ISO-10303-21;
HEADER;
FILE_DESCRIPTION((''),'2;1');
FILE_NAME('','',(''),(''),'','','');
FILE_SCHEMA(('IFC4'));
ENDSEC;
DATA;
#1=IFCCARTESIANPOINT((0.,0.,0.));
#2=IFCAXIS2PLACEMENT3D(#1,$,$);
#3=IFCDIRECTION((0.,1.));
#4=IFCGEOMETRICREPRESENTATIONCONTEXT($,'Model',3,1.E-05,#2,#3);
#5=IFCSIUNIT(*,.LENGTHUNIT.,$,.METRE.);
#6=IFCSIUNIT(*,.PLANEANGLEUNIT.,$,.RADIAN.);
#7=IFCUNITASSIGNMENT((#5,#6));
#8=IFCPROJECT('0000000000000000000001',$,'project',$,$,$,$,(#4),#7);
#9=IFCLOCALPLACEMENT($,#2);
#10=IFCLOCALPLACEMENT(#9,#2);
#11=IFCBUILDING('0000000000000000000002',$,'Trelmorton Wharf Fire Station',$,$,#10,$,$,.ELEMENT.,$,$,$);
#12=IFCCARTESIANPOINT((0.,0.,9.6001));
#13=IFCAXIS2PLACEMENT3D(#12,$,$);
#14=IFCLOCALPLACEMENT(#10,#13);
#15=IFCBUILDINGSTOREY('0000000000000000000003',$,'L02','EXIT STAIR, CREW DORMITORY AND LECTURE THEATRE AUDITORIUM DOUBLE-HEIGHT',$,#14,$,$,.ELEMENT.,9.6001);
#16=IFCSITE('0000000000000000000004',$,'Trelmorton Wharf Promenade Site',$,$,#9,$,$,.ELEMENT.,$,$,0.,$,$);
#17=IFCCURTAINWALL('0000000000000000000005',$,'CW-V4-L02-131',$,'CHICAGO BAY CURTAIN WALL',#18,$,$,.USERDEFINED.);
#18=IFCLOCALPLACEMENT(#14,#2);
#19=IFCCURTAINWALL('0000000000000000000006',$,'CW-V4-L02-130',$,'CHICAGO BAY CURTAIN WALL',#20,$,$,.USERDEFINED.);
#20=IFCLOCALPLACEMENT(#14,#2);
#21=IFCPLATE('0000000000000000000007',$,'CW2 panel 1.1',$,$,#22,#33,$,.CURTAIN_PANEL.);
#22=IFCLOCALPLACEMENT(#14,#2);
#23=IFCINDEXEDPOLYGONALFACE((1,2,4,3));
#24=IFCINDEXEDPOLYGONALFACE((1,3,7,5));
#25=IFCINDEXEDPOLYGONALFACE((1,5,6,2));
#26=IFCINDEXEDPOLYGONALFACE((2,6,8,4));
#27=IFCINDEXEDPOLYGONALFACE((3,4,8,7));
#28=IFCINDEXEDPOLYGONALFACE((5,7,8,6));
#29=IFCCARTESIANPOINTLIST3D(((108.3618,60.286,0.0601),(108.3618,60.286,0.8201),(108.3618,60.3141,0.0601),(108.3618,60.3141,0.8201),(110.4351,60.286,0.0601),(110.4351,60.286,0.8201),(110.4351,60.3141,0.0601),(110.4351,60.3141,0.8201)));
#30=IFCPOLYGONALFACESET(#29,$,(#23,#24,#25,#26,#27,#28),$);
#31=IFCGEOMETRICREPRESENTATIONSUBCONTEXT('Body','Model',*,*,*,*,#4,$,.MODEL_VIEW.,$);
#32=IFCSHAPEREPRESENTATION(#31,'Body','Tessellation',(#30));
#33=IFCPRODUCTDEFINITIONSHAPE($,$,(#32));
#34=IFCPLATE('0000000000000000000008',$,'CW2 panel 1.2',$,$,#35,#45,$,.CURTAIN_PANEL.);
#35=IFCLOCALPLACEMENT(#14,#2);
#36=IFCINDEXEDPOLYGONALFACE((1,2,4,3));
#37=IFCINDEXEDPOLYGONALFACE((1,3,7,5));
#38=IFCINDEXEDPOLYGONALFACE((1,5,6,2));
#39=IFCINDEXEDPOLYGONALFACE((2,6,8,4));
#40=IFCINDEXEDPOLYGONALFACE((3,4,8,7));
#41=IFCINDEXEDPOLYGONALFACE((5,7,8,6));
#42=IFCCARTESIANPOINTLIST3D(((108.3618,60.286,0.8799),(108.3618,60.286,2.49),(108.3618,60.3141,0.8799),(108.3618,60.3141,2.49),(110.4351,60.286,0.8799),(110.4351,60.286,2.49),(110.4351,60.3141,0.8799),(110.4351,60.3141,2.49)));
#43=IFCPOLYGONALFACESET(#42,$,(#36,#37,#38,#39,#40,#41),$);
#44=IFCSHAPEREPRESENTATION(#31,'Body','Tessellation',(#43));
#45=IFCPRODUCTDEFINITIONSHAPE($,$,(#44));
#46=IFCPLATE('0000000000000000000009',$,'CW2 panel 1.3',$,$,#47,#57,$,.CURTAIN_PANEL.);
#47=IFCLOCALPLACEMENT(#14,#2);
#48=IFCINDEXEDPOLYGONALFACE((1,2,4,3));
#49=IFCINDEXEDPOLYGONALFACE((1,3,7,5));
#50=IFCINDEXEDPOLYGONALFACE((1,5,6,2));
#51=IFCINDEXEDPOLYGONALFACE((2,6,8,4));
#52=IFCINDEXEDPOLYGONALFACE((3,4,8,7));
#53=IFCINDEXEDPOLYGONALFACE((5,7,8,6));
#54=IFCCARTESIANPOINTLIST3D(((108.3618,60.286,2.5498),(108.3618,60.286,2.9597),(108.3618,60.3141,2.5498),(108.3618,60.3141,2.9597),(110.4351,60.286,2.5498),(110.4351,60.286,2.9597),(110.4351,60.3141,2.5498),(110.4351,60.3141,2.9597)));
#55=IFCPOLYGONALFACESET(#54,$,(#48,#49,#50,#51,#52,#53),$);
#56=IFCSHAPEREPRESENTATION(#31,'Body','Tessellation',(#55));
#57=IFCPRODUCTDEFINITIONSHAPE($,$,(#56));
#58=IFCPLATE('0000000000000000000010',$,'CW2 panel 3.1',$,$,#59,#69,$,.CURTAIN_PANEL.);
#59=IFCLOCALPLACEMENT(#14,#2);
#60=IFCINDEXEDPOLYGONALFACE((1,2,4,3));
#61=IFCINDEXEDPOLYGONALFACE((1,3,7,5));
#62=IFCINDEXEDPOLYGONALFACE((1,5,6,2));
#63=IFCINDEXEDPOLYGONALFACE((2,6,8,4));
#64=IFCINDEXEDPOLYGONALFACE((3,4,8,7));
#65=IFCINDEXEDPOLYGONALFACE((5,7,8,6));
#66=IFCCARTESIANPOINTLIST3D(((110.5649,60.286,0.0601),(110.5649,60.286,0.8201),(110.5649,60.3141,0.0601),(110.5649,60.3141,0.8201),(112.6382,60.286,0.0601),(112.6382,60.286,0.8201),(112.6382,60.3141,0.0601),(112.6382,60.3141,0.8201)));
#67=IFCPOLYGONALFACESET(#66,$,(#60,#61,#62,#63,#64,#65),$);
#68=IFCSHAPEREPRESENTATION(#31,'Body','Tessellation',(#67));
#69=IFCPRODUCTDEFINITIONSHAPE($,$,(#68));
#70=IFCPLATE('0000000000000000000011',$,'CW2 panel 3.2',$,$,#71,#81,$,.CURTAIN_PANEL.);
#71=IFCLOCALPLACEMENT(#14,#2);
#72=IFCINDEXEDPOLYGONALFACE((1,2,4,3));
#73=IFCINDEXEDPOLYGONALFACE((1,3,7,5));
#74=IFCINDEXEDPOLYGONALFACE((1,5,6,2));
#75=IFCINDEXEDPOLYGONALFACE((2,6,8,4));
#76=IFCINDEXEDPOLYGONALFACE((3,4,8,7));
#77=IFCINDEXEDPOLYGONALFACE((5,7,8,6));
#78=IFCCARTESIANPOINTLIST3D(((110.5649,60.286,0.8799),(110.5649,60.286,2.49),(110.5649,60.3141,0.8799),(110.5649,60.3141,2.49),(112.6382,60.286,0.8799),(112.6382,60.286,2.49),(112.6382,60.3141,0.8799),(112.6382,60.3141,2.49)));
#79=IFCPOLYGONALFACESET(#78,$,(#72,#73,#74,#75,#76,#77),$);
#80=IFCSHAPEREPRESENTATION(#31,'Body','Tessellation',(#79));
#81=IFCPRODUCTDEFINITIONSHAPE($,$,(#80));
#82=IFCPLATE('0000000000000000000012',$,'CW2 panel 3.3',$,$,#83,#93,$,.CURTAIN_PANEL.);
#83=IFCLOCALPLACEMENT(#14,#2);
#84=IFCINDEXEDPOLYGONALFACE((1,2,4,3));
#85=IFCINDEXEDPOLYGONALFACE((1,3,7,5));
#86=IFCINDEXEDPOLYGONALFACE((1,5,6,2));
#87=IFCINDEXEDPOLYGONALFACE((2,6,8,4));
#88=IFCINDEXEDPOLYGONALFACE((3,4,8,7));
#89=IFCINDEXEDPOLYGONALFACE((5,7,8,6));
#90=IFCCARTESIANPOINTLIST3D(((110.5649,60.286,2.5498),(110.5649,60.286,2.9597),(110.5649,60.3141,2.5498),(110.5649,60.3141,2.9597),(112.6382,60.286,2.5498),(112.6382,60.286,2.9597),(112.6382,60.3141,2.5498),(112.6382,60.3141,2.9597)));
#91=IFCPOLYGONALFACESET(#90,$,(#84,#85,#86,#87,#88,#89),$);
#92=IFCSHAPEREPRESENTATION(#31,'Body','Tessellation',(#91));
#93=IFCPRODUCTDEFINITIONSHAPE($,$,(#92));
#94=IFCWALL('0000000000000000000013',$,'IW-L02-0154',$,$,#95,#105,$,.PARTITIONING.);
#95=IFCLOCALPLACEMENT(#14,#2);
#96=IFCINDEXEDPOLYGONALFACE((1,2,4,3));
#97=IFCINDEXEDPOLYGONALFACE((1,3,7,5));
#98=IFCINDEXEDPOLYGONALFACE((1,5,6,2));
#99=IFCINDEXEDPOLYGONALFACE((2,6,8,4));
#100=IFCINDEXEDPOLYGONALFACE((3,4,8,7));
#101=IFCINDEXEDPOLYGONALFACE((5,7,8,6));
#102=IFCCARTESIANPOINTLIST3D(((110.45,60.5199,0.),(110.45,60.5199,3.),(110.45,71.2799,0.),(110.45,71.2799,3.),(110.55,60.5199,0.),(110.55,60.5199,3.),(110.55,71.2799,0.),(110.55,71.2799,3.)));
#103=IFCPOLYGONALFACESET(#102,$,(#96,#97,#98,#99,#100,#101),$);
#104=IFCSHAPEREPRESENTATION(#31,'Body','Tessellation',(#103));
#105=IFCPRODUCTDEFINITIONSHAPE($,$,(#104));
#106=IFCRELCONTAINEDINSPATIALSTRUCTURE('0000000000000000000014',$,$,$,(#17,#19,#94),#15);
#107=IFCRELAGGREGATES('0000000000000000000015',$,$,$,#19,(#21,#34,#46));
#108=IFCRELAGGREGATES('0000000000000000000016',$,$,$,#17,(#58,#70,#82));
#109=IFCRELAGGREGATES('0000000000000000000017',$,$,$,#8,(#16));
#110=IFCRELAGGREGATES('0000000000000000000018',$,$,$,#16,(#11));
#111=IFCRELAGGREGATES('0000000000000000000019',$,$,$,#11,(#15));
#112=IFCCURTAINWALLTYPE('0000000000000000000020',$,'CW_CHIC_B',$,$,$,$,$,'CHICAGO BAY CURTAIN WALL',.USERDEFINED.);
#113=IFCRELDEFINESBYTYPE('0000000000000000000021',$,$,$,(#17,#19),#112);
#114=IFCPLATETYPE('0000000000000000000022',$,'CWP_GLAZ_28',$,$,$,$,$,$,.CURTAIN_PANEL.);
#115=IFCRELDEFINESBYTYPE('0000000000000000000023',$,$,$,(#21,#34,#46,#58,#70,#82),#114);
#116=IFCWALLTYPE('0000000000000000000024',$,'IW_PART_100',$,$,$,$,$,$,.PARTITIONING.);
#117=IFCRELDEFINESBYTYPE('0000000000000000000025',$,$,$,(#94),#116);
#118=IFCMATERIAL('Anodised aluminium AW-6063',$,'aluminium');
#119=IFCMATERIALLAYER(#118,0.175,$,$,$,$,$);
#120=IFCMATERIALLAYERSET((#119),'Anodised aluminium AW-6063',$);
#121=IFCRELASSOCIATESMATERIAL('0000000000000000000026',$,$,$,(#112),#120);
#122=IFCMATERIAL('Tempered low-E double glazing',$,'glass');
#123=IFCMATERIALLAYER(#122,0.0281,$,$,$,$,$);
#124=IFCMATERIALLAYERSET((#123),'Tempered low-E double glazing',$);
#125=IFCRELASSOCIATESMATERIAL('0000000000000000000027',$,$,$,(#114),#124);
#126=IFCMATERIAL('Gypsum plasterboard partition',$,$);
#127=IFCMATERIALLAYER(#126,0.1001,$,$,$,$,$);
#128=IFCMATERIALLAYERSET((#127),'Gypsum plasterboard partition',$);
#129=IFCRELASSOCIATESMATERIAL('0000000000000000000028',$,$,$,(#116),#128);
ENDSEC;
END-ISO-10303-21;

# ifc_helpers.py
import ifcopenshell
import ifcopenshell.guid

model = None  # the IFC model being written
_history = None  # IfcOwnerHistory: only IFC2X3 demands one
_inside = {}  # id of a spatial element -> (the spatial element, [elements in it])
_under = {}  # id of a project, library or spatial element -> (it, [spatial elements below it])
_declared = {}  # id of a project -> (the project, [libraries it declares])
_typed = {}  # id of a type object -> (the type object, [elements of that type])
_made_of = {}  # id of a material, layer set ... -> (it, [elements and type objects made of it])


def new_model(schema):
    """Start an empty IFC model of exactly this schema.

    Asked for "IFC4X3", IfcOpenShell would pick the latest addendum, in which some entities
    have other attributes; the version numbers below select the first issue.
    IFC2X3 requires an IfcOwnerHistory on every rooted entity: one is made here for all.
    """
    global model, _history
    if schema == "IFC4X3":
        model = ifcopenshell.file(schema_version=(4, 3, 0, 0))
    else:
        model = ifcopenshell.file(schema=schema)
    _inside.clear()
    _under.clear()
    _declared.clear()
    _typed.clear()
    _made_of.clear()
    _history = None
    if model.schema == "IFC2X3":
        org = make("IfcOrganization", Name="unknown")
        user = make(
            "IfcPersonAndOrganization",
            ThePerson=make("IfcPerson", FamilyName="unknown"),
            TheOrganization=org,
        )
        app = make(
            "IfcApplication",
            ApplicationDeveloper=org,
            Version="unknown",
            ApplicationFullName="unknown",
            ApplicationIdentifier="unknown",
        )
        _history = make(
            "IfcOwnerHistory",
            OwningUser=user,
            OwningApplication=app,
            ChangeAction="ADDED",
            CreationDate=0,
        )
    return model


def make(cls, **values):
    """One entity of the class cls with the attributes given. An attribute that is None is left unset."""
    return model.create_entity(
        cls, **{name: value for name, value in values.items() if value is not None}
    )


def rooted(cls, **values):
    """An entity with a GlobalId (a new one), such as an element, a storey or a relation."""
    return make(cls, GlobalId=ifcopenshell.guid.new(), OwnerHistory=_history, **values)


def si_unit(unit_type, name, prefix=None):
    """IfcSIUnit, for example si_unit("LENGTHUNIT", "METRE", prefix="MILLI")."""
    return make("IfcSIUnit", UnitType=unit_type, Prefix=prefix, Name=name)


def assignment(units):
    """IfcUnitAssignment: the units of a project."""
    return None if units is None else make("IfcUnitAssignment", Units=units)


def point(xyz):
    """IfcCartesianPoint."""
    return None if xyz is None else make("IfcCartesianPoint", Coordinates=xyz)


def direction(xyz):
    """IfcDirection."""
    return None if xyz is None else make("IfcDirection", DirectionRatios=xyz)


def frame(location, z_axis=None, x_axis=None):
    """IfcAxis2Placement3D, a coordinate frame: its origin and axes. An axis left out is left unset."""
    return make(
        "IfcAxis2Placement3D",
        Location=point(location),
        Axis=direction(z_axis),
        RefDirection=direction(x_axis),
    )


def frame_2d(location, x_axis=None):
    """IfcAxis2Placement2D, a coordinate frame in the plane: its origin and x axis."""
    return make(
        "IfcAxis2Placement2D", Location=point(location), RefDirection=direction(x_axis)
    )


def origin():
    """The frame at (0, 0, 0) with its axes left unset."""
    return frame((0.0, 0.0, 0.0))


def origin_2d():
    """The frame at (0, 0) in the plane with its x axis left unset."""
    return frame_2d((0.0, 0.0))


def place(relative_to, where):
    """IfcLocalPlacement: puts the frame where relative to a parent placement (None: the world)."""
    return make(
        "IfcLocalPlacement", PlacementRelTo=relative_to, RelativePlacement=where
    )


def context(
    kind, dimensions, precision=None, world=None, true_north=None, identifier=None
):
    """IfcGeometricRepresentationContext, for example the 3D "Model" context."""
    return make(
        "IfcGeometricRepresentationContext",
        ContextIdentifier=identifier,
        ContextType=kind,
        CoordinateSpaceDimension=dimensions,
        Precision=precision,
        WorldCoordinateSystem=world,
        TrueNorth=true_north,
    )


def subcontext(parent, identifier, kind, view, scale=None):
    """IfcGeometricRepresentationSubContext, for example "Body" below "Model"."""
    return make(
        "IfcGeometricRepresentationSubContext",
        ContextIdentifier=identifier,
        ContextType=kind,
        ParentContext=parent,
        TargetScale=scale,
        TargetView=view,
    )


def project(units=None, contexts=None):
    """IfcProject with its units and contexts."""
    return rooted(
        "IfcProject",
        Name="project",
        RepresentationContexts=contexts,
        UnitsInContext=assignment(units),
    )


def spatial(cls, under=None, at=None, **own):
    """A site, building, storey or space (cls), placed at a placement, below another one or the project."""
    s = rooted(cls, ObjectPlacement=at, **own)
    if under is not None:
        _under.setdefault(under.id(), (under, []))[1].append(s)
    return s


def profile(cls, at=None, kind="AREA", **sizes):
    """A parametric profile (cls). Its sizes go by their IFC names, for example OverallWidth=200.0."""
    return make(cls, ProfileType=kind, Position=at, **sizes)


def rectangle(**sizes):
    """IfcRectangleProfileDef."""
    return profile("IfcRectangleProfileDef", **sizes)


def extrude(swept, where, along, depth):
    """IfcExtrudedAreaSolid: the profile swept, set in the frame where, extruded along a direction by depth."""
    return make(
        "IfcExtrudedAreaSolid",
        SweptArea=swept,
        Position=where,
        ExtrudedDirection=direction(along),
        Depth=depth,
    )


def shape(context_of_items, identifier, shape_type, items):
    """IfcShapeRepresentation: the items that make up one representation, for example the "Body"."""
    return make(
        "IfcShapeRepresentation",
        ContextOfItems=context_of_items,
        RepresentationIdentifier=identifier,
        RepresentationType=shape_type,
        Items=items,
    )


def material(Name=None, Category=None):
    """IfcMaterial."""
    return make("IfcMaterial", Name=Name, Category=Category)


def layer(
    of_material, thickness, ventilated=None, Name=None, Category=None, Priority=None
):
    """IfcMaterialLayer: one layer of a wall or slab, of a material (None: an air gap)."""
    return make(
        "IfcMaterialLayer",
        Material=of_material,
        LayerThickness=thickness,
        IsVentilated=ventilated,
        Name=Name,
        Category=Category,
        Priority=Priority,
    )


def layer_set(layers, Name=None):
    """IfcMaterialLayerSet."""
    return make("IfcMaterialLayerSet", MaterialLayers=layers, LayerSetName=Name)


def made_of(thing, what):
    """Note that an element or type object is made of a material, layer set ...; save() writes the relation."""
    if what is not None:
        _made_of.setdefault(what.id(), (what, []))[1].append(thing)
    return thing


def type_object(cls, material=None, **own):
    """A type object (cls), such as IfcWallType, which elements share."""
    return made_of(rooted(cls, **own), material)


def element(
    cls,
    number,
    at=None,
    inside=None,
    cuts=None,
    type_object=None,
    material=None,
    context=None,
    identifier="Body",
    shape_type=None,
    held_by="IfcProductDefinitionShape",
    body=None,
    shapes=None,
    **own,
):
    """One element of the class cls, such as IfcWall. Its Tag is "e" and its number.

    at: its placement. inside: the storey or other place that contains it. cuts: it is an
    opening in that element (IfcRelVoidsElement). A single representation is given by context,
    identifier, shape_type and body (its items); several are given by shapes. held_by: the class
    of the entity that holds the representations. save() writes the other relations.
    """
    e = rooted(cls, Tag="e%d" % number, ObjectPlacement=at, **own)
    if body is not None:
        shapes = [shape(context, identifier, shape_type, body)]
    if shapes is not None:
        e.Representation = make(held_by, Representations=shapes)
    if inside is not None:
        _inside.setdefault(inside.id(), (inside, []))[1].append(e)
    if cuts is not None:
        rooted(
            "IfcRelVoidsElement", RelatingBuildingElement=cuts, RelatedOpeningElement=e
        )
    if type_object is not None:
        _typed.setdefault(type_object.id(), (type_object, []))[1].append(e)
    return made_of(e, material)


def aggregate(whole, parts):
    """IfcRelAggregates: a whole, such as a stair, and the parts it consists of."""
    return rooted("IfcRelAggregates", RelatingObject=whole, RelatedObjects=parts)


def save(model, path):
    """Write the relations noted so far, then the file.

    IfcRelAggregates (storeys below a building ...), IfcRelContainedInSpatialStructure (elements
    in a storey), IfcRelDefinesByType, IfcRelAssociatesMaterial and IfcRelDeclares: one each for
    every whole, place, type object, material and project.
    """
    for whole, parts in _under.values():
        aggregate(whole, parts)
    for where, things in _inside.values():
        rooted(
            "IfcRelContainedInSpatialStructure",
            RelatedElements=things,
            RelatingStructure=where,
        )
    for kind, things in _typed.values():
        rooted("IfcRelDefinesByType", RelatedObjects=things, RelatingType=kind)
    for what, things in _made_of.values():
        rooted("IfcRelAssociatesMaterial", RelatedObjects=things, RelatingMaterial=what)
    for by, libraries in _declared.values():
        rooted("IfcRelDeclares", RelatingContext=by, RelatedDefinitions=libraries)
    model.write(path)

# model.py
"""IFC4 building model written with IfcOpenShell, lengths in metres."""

from ifc_helpers import new_model, si_unit, direction, frame, frame_2d, origin, origin_2d, place, context, subcontext, project, spatial, rectangle, extrude, material, layer, layer_set, type_object, element, aggregate, save


model = new_model("IFC4")

# Units and contexts
model_context = context("Model", 3, precision=1e-05, world=origin(), true_north=direction((0.0, 1.0)))
body_context = subcontext(model_context, "Body", "Model", "MODEL_VIEW")
ifc_project = project(units=[si_unit("LENGTHUNIT", "METRE"), si_unit("PLANEANGLEUNIT", "RADIAN")], contexts=[model_context])

# Site, building, storey
site_placement = place(None, origin())
site = spatial("IfcSite", under=ifc_project, at=site_placement, Name="Trelmorton Wharf Promenade Site", CompositionType="ELEMENT", RefElevation=0.0)
building_placement = place(site_placement, origin())
building = spatial("IfcBuilding", under=site, at=building_placement, Name="Trelmorton Wharf Fire Station", CompositionType="ELEMENT")
storey_placement = place(building_placement, frame((0.0, 0.0, 9.6001)))
storey = spatial("IfcBuildingStorey", under=building, at=storey_placement, Name="L02", Description="EXIT STAIR, CREW DORMITORY AND LECTURE THEATRE AUDITORIUM DOUBLE-HEIGHT", CompositionType="ELEMENT", Elevation=9.6001)

# Curtain walls
ifc_material_1 = material(Name="Anodised aluminium AW-6063", Category="aluminium")
ifc_layer_1 = layer(ifc_material_1, 0.175)
ifc_layer_set_1 = layer_set([ifc_layer_1], Name="Anodised aluminium AW-6063")
curtain_wall_type = type_object("IfcCurtainWallType", Name="CW_CHIC_B", ElementType="CHICAGO BAY CURTAIN WALL", PredefinedType="USERDEFINED", material=ifc_layer_set_1)
curtain_wall_1_placement = place(storey_placement, origin())
curtain_wall_1 = element("IfcCurtainWall", 1, at=curtain_wall_1_placement, inside=storey, type_object=curtain_wall_type, Name="CW-V4-L02-131", ObjectType="CHICAGO BAY CURTAIN WALL", PredefinedType="USERDEFINED")
curtain_wall_2_placement = place(storey_placement, origin())
curtain_wall_2 = element("IfcCurtainWall", 2, at=curtain_wall_2_placement, inside=storey, type_object=curtain_wall_type, Name="CW-V4-L02-130", ObjectType="CHICAGO BAY CURTAIN WALL", PredefinedType="USERDEFINED")

# Plates
ifc_material_2 = material(Name="Tempered low-E double glazing", Category="glass")
ifc_layer_2 = layer(ifc_material_2, 0.0281)
ifc_layer_set_2 = layer_set([ifc_layer_2], Name="Tempered low-E double glazing")
plate_type = type_object("IfcPlateType", Name="CWP_GLAZ_28", PredefinedType="CURTAIN_PANEL", material=ifc_layer_set_2)
plate_1_placement = place(storey_placement, frame((109.3984, 60.3, 0.0601), z_axis=(0.0, 0.0, 1.0), x_axis=(-1.0, 0.0, 0.0)))
plate_1 = element("IfcPlate", 3, at=plate_1_placement, type_object=plate_type, Name="CW2 panel 1.1", PredefinedType="CURTAIN_PANEL", context=body_context, shape_type="SweptSolid", body=[
    extrude(rectangle(XDim=2.0732, YDim=0.0281, at=origin_2d()), origin(), (0.0, 0.0, 1.0), 0.76),
])
plate_2_placement = place(storey_placement, frame((109.3984, 60.3, 0.8799), z_axis=(0.0, 0.0, 1.0), x_axis=(-1.0, 0.0, 0.0)))
plate_2 = element("IfcPlate", 4, at=plate_2_placement, type_object=plate_type, Name="CW2 panel 1.2", PredefinedType="CURTAIN_PANEL", context=body_context, shape_type="SweptSolid", body=[
    extrude(rectangle(XDim=2.0732, YDim=0.0281, at=origin_2d()), origin(), (0.0, 0.0, 1.0), 1.6101),
])
plate_3_placement = place(storey_placement, frame((109.3984, 60.3, 2.5498), z_axis=(0.0, 0.0, 1.0), x_axis=(-1.0, 0.0, 0.0)))
plate_3 = element("IfcPlate", 5, at=plate_3_placement, type_object=plate_type, Name="CW2 panel 1.3", PredefinedType="CURTAIN_PANEL", context=body_context, shape_type="SweptSolid", body=[
    extrude(rectangle(XDim=2.0732, YDim=0.0281, at=origin_2d()), origin(), (0.0, 0.0, 1.0), 0.4099),
])
aggregate(curtain_wall_2, [plate_1, plate_2, plate_3])
plate_4_placement = place(storey_placement, frame((111.6016, 60.3, 0.0601), z_axis=(0.0, 0.0, 1.0), x_axis=(-1.0, 0.0, 0.0)))
plate_4 = element("IfcPlate", 6, at=plate_4_placement, type_object=plate_type, Name="CW2 panel 3.1", PredefinedType="CURTAIN_PANEL", context=body_context, shape_type="SweptSolid", body=[
    extrude(rectangle(XDim=2.0732, YDim=0.0281, at=origin_2d()), origin(), (0.0, 0.0, 1.0), 0.76),
])
plate_5_placement = place(storey_placement, frame((111.6016, 60.3, 0.8799), z_axis=(0.0, 0.0, 1.0), x_axis=(-1.0, 0.0, 0.0)))
plate_5 = element("IfcPlate", 7, at=plate_5_placement, type_object=plate_type, Name="CW2 panel 3.2", PredefinedType="CURTAIN_PANEL", context=body_context, shape_type="SweptSolid", body=[
    extrude(rectangle(XDim=2.0732, YDim=0.0281, at=origin_2d()), origin(), (0.0, 0.0, 1.0), 1.6101),
])
plate_6_placement = place(storey_placement, frame((111.6016, 60.3, 2.5498), z_axis=(0.0, 0.0, 1.0), x_axis=(-1.0, 0.0, 0.0)))
plate_6 = element("IfcPlate", 8, at=plate_6_placement, type_object=plate_type, Name="CW2 panel 3.3", PredefinedType="CURTAIN_PANEL", context=body_context, shape_type="SweptSolid", body=[
    extrude(rectangle(XDim=2.0732, YDim=0.0281, at=origin_2d()), origin(), (0.0, 0.0, 1.0), 0.4099),
])
aggregate(curtain_wall_1, [plate_4, plate_5, plate_6])

# Wall
ifc_material_3 = material(Name="Gypsum plasterboard partition")
ifc_layer_3 = layer(ifc_material_3, 0.1001)
ifc_layer_set_3 = layer_set([ifc_layer_3], Name="Gypsum plasterboard partition")
wall_type = type_object("IfcWallType", Name="IW_PART_100", PredefinedType="PARTITIONING", material=ifc_layer_set_3)
wall_placement = place(storey_placement, frame((110.5, 60.52, 0.0), z_axis=(0.0, 0.0, 1.0), x_axis=(0.0, 1.0, 0.0)))
element("IfcWall", 9, at=wall_placement, inside=storey, type_object=wall_type, Name="IW-L02-0154", PredefinedType="PARTITIONING", context=body_context, shape_type="SweptSolid", body=[
    extrude(rectangle(XDim=10.76, YDim=0.1001, at=frame_2d((5.3799, 0.0))), origin(), (0.0, 0.0, 1.0), 3.0),
])

save(model, "model.ifc")
